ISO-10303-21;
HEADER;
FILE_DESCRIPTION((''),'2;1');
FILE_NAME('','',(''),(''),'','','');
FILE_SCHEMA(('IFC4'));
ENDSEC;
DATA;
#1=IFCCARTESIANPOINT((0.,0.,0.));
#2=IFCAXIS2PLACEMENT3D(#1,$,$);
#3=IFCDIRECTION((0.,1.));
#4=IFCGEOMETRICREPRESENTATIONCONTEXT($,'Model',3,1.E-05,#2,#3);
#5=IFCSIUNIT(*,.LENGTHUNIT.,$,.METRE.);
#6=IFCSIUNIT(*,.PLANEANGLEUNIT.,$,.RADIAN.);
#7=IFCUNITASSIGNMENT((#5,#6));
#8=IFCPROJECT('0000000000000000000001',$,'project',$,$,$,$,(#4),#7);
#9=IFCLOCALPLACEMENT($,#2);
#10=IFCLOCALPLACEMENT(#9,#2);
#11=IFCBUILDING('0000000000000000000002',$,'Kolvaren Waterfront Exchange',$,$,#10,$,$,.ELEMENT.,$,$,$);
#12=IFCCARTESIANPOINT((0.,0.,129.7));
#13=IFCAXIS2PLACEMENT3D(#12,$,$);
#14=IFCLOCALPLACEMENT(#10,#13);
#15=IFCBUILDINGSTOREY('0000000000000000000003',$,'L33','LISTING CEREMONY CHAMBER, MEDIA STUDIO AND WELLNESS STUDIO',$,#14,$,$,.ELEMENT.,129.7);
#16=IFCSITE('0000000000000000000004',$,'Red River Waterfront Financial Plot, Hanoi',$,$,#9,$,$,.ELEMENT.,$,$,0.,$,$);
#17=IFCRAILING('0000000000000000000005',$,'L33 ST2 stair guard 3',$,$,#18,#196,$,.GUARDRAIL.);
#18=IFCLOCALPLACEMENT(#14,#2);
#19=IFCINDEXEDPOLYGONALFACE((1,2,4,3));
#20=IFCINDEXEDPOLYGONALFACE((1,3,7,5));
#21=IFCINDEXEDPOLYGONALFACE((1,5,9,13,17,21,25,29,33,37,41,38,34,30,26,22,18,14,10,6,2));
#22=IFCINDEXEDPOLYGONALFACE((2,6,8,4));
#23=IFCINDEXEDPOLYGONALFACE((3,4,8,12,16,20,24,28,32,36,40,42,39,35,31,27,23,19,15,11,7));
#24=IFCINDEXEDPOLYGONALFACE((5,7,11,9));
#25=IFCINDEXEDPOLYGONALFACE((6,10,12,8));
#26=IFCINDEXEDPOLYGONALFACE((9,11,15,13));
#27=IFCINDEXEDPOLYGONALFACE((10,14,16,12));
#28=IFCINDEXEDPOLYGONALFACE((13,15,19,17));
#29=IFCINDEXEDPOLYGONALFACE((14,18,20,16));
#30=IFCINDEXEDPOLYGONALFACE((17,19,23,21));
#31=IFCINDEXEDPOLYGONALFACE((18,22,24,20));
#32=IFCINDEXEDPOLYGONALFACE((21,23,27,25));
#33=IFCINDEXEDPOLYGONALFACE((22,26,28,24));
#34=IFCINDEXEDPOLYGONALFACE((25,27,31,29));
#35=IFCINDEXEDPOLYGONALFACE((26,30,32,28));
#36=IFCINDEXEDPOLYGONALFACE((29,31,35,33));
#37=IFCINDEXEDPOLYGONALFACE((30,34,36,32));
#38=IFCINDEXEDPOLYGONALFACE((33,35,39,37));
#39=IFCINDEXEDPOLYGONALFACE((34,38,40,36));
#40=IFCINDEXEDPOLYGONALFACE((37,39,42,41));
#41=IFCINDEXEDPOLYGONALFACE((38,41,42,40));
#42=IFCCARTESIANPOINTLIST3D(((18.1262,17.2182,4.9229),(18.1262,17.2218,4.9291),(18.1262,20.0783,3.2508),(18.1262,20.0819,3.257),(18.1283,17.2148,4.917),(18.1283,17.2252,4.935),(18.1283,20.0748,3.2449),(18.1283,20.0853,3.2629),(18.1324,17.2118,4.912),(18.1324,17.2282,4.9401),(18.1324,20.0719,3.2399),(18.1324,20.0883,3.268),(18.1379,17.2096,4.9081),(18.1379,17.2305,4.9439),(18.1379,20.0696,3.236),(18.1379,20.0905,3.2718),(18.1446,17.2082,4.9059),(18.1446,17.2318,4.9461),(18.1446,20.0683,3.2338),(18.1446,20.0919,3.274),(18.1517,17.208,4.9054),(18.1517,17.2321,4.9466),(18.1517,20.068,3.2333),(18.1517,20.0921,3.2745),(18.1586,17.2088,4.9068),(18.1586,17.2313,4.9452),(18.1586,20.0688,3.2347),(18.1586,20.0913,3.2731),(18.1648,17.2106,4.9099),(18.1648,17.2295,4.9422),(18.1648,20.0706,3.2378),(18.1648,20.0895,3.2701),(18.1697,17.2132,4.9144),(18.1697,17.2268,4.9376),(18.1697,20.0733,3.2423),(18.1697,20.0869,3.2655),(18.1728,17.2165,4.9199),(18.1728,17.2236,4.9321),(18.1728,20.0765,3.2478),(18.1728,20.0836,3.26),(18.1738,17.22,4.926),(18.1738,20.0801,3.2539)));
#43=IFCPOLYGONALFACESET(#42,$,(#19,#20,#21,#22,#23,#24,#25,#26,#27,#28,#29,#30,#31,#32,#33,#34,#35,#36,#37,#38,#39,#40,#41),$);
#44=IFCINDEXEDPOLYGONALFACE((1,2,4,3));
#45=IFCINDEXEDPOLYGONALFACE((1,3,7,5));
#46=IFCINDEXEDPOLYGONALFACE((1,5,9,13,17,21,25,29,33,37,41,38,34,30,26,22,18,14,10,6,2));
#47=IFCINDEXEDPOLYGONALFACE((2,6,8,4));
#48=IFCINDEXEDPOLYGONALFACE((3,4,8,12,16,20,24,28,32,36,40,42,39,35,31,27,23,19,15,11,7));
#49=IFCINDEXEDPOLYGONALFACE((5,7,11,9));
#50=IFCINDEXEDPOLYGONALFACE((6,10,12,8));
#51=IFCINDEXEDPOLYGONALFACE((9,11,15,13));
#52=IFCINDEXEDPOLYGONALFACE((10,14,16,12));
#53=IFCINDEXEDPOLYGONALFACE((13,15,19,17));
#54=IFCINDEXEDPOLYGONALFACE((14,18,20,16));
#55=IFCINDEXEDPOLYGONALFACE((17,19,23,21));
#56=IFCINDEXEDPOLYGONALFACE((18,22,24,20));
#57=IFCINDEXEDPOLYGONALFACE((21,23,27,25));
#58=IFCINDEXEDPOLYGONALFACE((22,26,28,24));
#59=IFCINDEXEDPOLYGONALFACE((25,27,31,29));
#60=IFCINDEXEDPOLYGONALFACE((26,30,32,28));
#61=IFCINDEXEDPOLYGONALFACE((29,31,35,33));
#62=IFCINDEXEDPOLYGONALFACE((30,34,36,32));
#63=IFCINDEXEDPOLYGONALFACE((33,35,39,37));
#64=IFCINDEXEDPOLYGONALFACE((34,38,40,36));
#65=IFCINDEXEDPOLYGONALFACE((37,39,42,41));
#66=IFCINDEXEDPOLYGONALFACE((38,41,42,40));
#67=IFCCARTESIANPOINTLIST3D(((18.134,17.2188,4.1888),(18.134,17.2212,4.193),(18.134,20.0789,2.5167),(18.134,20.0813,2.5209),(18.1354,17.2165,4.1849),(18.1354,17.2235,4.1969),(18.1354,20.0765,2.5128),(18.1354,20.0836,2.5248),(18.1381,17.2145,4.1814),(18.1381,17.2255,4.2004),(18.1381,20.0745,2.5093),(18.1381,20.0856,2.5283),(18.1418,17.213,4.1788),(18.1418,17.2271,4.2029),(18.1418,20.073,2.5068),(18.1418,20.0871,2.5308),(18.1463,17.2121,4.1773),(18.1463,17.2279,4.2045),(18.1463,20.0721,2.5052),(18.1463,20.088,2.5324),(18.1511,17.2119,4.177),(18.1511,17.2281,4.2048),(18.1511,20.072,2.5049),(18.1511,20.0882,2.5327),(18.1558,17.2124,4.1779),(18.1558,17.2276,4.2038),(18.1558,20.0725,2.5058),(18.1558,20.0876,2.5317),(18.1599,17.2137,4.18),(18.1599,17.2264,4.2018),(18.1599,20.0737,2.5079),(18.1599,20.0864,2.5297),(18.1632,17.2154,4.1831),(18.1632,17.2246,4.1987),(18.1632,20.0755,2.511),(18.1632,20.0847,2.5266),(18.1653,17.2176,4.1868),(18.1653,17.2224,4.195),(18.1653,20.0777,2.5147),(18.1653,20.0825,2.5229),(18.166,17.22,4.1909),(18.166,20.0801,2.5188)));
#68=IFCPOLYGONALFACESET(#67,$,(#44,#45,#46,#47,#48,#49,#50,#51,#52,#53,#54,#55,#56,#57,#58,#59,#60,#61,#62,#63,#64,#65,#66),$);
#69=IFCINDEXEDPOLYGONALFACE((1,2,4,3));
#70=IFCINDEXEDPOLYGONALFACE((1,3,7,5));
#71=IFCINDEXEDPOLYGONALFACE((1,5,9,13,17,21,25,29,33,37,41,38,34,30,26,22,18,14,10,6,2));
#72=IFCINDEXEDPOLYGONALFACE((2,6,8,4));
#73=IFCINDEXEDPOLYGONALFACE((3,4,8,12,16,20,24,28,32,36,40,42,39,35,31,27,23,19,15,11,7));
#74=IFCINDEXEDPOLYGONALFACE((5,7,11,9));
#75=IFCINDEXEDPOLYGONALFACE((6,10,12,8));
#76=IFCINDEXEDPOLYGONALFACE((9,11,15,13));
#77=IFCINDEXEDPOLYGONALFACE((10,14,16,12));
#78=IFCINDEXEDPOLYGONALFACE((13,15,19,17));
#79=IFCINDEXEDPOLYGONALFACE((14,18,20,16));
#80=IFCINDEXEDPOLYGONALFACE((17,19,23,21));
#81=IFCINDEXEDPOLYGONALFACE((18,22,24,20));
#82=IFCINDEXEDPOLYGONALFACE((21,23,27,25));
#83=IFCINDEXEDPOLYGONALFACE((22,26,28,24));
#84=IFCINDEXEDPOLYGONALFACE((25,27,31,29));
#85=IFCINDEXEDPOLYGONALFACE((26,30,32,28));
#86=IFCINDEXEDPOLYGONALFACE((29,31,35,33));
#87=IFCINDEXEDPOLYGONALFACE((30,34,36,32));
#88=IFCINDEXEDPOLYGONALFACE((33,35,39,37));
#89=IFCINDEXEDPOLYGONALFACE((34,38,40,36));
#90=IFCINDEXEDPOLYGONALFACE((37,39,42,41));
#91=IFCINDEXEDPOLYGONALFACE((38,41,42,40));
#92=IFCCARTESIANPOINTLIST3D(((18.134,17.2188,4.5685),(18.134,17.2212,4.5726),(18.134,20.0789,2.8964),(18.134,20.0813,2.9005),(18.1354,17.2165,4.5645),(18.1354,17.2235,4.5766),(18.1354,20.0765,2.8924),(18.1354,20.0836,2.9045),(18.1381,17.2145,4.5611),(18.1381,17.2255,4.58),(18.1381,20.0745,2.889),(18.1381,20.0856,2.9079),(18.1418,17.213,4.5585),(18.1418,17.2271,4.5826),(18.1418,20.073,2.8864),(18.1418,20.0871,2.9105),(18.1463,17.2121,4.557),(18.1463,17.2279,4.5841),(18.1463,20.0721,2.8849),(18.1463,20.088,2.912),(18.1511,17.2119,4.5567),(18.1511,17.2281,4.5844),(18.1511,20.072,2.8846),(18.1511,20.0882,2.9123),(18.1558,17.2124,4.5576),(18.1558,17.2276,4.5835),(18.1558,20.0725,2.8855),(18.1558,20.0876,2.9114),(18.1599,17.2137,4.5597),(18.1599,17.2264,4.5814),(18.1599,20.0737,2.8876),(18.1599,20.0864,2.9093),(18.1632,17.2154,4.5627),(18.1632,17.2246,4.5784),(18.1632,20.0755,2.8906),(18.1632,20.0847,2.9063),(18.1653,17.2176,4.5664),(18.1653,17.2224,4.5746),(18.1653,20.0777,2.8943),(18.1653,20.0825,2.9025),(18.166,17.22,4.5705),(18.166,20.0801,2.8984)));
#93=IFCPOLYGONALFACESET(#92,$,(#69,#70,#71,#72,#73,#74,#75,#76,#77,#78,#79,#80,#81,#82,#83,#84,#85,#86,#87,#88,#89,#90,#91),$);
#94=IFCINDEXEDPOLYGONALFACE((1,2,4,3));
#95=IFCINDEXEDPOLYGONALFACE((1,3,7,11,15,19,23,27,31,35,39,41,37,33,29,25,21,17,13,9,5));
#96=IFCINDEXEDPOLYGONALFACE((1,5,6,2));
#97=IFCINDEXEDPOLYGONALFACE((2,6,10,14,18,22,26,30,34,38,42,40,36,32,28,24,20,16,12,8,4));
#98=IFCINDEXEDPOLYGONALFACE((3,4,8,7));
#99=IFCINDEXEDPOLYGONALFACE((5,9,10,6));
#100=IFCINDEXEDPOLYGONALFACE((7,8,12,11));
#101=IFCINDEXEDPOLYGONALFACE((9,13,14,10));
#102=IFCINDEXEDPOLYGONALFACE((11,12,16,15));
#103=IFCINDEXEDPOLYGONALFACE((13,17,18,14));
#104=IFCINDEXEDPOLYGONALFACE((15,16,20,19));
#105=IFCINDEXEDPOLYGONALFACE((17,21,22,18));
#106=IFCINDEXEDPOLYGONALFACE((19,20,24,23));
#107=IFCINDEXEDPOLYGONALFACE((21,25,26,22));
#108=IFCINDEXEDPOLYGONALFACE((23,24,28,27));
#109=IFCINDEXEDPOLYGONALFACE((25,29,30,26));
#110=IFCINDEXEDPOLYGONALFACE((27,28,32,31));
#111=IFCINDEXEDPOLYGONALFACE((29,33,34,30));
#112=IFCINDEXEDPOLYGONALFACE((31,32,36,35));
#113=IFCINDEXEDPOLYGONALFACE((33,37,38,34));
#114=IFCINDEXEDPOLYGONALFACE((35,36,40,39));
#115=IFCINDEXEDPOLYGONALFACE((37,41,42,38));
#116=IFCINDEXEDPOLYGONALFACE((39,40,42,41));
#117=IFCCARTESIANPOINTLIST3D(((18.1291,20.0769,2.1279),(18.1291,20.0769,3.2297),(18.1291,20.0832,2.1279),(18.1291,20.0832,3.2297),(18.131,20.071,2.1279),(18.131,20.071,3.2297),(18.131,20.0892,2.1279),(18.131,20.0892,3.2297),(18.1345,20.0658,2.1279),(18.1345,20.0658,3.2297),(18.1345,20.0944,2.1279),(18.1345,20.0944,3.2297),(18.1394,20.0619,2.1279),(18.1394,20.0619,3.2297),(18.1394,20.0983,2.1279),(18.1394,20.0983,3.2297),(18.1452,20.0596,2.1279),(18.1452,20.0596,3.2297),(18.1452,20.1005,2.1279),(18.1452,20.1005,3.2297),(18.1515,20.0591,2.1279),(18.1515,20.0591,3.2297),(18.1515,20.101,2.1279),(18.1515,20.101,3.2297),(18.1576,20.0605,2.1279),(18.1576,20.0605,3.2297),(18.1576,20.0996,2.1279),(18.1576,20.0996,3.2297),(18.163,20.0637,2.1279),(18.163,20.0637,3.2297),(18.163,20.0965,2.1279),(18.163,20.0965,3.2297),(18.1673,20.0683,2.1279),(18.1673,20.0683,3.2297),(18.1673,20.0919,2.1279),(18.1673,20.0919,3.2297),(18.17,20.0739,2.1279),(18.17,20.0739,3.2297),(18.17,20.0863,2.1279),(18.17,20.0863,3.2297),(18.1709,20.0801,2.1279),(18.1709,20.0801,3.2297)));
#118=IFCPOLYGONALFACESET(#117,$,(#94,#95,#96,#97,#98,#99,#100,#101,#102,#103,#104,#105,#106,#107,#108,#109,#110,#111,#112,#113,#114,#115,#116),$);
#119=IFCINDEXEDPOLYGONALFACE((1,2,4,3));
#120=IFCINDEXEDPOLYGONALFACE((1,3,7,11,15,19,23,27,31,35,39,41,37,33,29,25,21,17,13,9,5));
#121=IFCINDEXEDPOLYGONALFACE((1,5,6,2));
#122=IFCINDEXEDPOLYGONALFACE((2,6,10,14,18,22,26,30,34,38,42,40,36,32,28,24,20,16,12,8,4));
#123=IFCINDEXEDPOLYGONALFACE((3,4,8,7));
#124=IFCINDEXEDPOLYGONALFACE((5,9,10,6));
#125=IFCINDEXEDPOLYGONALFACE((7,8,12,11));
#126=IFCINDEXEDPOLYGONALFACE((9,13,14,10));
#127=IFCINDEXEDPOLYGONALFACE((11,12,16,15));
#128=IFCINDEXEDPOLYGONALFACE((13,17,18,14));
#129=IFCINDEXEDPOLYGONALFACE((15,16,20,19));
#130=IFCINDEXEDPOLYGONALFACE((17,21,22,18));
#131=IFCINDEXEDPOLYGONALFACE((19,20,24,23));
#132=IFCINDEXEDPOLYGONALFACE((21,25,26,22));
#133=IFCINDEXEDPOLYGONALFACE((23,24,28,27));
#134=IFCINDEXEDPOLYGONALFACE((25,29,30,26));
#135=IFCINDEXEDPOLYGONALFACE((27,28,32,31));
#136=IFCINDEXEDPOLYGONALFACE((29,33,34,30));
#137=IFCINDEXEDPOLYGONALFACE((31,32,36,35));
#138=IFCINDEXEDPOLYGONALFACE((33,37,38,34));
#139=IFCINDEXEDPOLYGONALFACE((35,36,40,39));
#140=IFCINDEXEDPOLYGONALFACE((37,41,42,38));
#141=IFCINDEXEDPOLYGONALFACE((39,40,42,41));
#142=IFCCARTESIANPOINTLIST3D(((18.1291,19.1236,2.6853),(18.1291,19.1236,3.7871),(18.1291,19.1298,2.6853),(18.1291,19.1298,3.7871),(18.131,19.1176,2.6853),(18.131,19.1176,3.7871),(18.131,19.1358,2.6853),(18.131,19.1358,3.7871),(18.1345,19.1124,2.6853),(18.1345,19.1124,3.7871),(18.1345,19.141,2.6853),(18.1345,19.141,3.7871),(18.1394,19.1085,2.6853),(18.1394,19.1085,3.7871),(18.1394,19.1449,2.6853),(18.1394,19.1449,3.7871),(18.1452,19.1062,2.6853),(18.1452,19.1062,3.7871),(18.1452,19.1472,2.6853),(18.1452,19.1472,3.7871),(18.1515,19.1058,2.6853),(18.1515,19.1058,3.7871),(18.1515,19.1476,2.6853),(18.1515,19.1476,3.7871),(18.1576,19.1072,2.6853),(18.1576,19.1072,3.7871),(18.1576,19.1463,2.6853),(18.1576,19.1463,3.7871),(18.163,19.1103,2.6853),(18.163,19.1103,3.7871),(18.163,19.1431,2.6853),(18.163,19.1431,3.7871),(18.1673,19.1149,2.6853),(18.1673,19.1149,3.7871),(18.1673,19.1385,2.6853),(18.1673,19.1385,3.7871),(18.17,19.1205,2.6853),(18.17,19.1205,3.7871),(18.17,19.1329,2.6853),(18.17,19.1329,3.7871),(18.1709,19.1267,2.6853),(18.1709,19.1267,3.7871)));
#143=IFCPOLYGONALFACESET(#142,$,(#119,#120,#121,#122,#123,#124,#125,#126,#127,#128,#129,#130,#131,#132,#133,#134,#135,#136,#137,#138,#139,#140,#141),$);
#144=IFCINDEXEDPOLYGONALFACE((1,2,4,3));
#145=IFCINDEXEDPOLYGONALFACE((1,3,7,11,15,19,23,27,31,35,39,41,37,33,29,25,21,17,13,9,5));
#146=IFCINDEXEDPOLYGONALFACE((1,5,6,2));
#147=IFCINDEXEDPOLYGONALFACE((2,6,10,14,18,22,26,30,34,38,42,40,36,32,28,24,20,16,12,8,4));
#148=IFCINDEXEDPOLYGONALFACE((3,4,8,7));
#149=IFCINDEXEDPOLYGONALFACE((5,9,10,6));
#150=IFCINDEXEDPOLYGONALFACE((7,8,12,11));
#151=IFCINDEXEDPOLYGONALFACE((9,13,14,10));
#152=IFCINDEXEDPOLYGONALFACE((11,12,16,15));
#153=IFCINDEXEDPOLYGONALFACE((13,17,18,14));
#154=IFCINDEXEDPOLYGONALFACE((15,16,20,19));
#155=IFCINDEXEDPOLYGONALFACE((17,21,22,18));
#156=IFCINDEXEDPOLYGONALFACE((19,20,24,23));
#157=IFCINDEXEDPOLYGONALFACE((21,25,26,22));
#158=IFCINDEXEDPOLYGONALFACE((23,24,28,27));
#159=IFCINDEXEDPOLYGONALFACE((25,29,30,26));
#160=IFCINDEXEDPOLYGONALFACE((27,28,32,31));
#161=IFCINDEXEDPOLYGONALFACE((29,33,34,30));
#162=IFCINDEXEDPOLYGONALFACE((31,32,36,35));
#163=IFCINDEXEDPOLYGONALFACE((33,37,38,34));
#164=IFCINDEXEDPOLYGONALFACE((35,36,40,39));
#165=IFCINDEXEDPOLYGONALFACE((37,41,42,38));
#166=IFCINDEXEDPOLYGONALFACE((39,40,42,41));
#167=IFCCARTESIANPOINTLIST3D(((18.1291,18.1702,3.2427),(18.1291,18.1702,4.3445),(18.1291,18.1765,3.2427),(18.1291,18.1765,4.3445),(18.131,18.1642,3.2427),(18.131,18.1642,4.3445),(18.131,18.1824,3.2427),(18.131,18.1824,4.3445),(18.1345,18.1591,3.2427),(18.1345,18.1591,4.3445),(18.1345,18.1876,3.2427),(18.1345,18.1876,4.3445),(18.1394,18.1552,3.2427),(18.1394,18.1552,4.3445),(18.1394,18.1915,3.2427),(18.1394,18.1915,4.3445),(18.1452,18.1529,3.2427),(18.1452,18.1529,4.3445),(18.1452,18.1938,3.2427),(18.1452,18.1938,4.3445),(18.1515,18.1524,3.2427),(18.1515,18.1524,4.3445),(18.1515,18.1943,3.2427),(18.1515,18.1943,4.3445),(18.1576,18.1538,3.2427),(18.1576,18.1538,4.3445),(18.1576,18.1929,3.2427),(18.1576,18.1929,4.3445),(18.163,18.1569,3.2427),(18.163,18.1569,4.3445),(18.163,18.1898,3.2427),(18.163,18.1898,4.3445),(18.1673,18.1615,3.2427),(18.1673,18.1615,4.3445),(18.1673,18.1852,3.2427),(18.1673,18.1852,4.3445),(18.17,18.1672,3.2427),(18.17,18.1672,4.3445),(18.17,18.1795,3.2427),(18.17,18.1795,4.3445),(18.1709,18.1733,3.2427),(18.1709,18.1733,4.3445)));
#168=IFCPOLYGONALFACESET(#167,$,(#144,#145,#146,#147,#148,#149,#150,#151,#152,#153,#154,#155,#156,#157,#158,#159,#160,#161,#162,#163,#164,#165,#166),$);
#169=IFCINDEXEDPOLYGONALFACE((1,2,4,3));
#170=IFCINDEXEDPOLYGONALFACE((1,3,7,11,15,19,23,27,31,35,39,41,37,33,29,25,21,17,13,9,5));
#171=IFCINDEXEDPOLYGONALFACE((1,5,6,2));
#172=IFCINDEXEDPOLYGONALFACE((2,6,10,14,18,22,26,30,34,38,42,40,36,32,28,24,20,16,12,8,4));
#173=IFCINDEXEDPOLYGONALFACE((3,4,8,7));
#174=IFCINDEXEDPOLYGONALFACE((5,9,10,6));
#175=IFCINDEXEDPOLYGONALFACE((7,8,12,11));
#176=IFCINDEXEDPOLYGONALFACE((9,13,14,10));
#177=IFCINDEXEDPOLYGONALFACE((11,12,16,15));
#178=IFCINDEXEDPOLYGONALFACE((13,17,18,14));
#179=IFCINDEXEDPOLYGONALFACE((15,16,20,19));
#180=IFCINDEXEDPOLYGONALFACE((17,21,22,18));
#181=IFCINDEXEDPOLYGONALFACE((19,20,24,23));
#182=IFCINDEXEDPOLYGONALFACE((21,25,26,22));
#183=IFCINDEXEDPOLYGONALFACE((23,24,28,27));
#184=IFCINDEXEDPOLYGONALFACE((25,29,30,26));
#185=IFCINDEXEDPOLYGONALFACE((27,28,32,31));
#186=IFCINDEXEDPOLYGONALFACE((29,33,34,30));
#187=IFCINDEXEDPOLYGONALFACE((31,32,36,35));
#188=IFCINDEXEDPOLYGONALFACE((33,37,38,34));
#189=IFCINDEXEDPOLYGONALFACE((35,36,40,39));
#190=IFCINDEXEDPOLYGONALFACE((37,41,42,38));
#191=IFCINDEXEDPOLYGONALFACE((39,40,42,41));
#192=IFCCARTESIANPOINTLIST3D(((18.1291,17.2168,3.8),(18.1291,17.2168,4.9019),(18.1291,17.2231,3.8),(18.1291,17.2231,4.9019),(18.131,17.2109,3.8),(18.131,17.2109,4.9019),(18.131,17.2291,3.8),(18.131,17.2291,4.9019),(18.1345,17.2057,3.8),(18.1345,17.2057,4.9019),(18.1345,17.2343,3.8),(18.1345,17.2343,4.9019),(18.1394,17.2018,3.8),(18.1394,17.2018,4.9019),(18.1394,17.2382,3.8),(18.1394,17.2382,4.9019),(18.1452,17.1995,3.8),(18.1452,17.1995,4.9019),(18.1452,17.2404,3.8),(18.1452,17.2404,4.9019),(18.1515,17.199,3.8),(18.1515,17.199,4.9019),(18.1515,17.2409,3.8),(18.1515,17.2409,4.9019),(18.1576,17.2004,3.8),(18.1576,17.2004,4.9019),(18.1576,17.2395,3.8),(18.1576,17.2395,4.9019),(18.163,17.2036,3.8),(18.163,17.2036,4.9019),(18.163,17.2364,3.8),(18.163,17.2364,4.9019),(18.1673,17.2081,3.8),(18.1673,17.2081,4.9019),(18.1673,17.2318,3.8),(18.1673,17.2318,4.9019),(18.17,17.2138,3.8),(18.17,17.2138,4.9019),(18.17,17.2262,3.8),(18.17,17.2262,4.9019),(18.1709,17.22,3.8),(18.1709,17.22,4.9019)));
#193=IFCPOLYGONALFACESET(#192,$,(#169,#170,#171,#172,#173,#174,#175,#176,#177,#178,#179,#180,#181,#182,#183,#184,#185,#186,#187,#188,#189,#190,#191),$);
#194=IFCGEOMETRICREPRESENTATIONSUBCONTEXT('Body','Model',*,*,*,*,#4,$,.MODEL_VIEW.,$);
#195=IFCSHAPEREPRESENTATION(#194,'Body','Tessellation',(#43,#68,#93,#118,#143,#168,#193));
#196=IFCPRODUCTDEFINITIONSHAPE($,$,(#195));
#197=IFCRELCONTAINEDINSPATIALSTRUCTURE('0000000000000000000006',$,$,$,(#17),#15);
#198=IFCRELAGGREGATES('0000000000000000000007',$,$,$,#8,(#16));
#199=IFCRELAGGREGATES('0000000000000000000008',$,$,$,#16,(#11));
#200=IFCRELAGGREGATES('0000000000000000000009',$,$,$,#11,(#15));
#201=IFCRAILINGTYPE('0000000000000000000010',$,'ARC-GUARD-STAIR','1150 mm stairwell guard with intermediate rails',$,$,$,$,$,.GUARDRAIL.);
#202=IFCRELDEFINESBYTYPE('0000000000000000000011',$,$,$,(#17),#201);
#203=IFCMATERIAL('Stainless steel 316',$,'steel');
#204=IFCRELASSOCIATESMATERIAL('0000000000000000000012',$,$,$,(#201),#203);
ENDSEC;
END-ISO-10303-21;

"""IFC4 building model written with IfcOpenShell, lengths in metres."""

from ifc_helpers import new_model, si_unit, direction, frame, origin, origin_2d, place, context, subcontext, project, spatial, circle, extrude, material, type_object, element, save


model = new_model("IFC4")

# Units and contexts
model_context = context("Model", 3, precision=1e-05, world=origin(), true_north=direction((0.0, 1.0)))
body_context = subcontext(model_context, "Body", "Model", "MODEL_VIEW")
ifc_project = project(units=[si_unit("LENGTHUNIT", "METRE"), si_unit("PLANEANGLEUNIT", "RADIAN")], contexts=[model_context])

# Site, building, storey
site_placement = place(None, origin())
site = spatial("IfcSite", under=ifc_project, at=site_placement, Name="Red River Waterfront Financial Plot, Hanoi", CompositionType="ELEMENT", RefElevation=0.0)
building_placement = place(site_placement, origin())
building = spatial("IfcBuilding", under=site, at=building_placement, Name="Kolvaren Waterfront Exchange", CompositionType="ELEMENT")
storey_placement = place(building_placement, frame((0.0, 0.0, 129.7)))
storey = spatial("IfcBuildingStorey", under=building, at=storey_placement, Name="L33", Description="LISTING CEREMONY CHAMBER, MEDIA STUDIO AND WELLNESS STUDIO", CompositionType="ELEMENT", Elevation=129.7)

# Railing
ifc_material_1 = material(Name="Stainless steel 316", Category="steel")
railing_type_1 = type_object("IfcRailingType", Name="ARC-GUARD-STAIR", Description="1150 mm stairwell guard with intermediate rails", PredefinedType="GUARDRAIL", material=ifc_material_1)
railing_1_placement = place(storey_placement, frame((18.1499, 20.0801, 2.1279)))
element("IfcRailing", 1, at=railing_1_placement, inside=storey, type_object=railing_type_1, Name="L33 ST2 stair guard 3", PredefinedType="GUARDRAIL", context=body_context, shape_type="SweptSolid", body=[
    extrude(circle(Radius=0.0239, at=origin_2d()), frame((0.0, 0.0, 1.126), z_axis=(0.0, -0.863289, 0.504709), x_axis=(1.0, 0.0, 0.0)), (0.0, 0.0, 1.0), 3.313),
    extrude(circle(Radius=0.0161, at=origin_2d()), frame((0.0, 0.0, 0.3909), z_axis=(0.0, -0.863289, 0.504709), x_axis=(1.0, 0.0, 0.0)), (0.0, 0.0, 1.0), 3.313),
    extrude(circle(Radius=0.0161, at=origin_2d()), frame((0.0, 0.0, 0.7705), z_axis=(0.0, -0.863289, 0.504709), x_axis=(1.0, 0.0, 0.0)), (0.0, 0.0, 1.0), 3.313),
    extrude(circle(Radius=0.021, at=origin_2d()), origin(), (0.0, 0.0, 1.0), 1.1018),
    extrude(circle(Radius=0.021, at=origin_2d()), frame((0.0, -0.9534, 0.5574)), (0.0, 0.0, 1.0), 1.1018),
    extrude(circle(Radius=0.021, at=origin_2d()), frame((0.0, -1.9067, 1.1147)), (0.0, 0.0, 1.0), 1.1018),
    extrude(circle(Radius=0.021, at=origin_2d()), frame((0.0, -2.8601, 1.6721)), (0.0, 0.0, 1.0), 1.1018),
])

save(model, "model.ifc")
